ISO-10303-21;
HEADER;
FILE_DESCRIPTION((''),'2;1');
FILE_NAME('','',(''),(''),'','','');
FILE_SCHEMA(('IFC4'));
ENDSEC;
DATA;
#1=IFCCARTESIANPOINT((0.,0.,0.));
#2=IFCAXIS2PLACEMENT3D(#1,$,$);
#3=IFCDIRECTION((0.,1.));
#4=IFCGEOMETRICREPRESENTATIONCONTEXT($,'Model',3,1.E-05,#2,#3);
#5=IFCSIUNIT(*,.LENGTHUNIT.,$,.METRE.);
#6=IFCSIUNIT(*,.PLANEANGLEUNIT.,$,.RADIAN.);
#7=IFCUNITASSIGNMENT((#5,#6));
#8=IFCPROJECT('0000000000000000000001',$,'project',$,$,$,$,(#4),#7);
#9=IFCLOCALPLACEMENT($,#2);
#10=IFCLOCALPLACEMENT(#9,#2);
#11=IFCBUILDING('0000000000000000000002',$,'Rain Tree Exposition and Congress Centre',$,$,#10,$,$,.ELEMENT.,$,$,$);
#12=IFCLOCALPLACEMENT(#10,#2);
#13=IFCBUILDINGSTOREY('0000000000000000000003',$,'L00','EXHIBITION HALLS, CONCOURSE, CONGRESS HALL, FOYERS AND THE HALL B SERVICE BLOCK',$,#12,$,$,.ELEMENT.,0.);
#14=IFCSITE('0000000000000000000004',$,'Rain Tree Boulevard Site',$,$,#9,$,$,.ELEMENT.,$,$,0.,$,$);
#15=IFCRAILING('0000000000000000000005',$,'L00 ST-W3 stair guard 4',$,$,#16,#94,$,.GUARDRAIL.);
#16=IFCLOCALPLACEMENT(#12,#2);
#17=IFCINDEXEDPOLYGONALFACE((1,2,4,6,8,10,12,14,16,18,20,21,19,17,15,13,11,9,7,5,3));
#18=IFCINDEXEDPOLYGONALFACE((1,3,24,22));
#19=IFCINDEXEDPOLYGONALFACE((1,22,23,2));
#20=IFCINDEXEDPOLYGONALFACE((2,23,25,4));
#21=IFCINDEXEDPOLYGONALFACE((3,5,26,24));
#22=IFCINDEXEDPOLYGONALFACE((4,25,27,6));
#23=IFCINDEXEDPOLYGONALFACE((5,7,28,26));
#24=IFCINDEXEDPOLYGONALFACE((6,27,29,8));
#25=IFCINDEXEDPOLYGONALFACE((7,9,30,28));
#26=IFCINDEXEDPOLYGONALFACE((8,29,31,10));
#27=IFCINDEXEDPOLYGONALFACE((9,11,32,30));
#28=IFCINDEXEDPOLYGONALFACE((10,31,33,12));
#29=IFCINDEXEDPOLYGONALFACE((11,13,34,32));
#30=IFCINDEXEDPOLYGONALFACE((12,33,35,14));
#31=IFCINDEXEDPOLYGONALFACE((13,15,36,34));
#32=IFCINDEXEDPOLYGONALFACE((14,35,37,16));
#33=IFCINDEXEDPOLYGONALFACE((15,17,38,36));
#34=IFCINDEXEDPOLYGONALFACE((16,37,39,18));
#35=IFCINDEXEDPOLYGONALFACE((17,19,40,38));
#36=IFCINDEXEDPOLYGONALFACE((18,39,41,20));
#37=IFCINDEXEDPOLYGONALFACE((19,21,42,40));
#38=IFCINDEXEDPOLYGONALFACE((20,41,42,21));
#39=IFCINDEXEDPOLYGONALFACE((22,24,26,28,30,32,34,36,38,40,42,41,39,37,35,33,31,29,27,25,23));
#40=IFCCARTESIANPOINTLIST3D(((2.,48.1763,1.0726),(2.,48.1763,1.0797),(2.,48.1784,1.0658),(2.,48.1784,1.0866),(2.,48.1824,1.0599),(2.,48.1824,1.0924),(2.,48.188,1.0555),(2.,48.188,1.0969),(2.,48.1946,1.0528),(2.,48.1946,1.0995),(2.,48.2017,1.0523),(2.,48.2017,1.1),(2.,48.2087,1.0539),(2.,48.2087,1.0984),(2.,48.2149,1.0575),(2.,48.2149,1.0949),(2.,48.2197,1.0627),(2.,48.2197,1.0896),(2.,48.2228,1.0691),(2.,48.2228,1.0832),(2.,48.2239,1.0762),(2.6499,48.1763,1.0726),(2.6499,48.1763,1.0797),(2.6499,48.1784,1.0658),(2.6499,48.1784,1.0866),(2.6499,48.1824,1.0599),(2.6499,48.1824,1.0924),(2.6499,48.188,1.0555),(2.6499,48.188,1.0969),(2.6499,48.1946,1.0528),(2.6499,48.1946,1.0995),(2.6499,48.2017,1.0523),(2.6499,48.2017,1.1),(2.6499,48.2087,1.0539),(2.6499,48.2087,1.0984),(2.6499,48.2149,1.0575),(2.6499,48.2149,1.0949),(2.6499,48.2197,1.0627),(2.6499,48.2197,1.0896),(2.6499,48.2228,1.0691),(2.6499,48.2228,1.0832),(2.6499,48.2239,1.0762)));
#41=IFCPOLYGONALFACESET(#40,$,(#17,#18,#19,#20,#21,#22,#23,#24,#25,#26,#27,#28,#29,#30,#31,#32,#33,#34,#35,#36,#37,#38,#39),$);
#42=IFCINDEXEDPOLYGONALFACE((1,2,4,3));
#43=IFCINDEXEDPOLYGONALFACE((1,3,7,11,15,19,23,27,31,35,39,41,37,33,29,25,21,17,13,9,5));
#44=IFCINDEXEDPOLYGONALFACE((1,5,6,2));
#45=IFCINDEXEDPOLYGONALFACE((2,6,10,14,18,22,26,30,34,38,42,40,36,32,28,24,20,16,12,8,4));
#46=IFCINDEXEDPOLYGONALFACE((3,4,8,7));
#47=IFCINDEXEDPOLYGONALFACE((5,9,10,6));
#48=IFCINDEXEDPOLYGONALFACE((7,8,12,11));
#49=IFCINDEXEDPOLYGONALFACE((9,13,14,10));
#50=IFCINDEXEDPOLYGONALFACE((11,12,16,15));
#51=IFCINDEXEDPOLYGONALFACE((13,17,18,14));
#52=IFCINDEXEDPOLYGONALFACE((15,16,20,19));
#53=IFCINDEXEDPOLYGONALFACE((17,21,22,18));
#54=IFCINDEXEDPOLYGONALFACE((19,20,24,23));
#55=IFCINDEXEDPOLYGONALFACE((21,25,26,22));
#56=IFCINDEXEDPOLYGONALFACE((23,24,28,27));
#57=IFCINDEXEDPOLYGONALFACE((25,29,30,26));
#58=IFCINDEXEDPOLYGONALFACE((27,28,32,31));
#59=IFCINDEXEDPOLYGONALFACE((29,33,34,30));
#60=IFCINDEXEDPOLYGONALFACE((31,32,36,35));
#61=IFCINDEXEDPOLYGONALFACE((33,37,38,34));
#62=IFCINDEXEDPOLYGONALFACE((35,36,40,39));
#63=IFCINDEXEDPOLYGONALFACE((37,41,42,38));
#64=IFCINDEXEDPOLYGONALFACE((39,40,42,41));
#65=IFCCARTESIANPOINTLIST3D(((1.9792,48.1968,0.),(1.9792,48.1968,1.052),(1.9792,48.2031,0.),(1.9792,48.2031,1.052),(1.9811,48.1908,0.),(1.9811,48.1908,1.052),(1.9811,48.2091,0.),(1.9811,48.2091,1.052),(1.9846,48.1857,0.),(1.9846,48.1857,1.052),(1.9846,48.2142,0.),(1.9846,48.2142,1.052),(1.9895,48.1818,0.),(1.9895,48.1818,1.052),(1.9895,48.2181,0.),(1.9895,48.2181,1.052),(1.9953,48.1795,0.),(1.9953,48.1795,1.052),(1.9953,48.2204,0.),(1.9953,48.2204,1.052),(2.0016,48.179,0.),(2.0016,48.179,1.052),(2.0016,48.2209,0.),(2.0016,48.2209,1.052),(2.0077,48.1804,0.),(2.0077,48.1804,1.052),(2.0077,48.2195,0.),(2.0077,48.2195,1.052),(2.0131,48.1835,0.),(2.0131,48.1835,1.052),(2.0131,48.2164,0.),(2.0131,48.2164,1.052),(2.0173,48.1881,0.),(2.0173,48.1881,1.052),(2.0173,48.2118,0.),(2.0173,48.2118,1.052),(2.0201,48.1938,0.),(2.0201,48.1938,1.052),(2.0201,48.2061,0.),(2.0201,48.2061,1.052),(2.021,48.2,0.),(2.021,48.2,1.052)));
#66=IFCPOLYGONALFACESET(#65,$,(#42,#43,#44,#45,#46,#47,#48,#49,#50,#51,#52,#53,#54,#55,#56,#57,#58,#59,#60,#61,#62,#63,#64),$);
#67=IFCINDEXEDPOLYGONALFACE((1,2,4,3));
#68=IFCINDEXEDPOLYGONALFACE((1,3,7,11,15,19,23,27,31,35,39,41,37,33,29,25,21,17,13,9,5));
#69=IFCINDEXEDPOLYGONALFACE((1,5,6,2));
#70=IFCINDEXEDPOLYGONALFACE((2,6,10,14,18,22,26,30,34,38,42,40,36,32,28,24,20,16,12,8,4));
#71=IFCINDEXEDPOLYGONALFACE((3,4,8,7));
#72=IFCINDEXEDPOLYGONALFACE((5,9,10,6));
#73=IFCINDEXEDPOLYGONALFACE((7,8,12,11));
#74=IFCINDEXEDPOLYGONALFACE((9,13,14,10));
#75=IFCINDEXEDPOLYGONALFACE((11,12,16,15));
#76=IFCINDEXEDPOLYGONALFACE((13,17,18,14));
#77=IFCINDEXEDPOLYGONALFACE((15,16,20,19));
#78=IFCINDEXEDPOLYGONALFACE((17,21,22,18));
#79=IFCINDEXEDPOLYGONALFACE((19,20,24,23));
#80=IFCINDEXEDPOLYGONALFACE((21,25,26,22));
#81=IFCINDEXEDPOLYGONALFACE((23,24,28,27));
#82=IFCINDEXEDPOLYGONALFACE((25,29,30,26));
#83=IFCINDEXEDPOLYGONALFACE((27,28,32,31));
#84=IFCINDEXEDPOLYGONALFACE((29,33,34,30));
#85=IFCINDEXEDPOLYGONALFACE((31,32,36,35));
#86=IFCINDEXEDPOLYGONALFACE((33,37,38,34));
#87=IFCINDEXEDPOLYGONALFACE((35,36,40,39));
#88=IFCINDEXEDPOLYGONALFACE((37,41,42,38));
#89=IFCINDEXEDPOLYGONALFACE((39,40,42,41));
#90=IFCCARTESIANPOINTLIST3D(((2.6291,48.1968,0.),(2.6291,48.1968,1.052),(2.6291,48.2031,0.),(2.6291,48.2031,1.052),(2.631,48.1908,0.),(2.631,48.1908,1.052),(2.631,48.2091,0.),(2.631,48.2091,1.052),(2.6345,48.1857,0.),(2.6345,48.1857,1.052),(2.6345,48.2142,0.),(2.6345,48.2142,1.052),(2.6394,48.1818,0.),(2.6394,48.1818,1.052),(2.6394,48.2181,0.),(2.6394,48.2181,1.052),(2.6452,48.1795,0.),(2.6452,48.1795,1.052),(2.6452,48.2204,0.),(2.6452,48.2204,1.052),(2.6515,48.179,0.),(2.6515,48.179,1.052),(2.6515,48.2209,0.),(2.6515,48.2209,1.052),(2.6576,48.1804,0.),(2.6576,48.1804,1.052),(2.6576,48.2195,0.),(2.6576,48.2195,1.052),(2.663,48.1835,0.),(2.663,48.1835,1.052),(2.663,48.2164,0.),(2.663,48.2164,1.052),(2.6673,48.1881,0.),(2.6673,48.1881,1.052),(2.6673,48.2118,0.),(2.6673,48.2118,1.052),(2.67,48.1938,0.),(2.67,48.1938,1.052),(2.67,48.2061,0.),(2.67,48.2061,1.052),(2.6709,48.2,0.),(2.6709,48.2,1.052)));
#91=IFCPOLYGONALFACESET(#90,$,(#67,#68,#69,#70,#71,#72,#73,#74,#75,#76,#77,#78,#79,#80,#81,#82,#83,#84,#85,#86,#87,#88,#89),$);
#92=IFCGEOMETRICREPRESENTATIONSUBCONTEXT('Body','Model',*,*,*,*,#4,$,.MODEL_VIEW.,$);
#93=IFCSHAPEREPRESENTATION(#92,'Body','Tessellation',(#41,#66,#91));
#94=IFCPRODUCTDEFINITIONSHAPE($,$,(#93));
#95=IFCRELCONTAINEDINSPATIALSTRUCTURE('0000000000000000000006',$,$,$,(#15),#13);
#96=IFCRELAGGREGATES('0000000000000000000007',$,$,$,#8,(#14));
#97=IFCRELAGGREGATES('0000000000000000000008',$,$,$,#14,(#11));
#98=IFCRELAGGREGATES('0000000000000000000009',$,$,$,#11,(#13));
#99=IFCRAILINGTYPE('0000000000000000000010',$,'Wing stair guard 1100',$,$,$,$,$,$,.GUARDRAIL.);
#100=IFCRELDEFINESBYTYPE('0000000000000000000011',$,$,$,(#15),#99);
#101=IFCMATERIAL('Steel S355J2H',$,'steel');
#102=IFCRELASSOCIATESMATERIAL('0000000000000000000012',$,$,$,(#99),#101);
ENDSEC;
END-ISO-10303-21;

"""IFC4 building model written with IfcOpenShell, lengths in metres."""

from ifc_helpers import new_model, si_unit, direction, frame, origin, origin_2d, place, context, subcontext, project, spatial, circle, extrude, material, type_object, element, save


model = new_model("IFC4")

# Units and contexts
model_context = context("Model", 3, precision=1e-05, world=origin(), true_north=direction((0.0, 1.0)))
body_context = subcontext(model_context, "Body", "Model", "MODEL_VIEW")
ifc_project = project(units=[si_unit("LENGTHUNIT", "METRE"), si_unit("PLANEANGLEUNIT", "RADIAN")], contexts=[model_context])

# Site, building, storey
site_placement = place(None, origin())
site = spatial("IfcSite", under=ifc_project, at=site_placement, Name="Rain Tree Boulevard Site", CompositionType="ELEMENT", RefElevation=0.0)
building_placement = place(site_placement, origin())
building = spatial("IfcBuilding", under=site, at=building_placement, Name="Rain Tree Exposition and Congress Centre", CompositionType="ELEMENT")
storey_placement = place(building_placement, origin())
storey = spatial("IfcBuildingStorey", under=building, at=storey_placement, Name="L00", Description="EXHIBITION HALLS, CONCOURSE, CONGRESS HALL, FOYERS AND THE HALL B SERVICE BLOCK", CompositionType="ELEMENT", Elevation=0.0)

# Railing
ifc_material_1 = material(Name="Steel S355J2H", Category="steel")
railing_type_1 = type_object("IfcRailingType", Name="Wing stair guard 1100", PredefinedType="GUARDRAIL", material=ifc_material_1)
railing_1_placement = place(storey_placement, frame((2.0, 48.2, 0.0)))
element("IfcRailing", 1, at=railing_1_placement, inside=storey, type_object=railing_type_1, Name="L00 ST-W3 stair guard 4", PredefinedType="GUARDRAIL", context=body_context, shape_type="SweptSolid", body=[
    extrude(circle(Radius=0.0239, at=origin_2d()), frame((0.0, 0.0, 1.0762), z_axis=(1.0, 0.0, 0.0), x_axis=(0.0, 1.0, 0.0)), (0.0, 0.0, 1.0), 0.6499),
    extrude(circle(Radius=0.021, at=origin_2d()), origin(), (0.0, 0.0, 1.0), 1.052),
    extrude(circle(Radius=0.021, at=origin_2d()), frame((0.6499, 0.0, 0.0)), (0.0, 0.0, 1.0), 1.052),
])

save(model, "model.ifc")
